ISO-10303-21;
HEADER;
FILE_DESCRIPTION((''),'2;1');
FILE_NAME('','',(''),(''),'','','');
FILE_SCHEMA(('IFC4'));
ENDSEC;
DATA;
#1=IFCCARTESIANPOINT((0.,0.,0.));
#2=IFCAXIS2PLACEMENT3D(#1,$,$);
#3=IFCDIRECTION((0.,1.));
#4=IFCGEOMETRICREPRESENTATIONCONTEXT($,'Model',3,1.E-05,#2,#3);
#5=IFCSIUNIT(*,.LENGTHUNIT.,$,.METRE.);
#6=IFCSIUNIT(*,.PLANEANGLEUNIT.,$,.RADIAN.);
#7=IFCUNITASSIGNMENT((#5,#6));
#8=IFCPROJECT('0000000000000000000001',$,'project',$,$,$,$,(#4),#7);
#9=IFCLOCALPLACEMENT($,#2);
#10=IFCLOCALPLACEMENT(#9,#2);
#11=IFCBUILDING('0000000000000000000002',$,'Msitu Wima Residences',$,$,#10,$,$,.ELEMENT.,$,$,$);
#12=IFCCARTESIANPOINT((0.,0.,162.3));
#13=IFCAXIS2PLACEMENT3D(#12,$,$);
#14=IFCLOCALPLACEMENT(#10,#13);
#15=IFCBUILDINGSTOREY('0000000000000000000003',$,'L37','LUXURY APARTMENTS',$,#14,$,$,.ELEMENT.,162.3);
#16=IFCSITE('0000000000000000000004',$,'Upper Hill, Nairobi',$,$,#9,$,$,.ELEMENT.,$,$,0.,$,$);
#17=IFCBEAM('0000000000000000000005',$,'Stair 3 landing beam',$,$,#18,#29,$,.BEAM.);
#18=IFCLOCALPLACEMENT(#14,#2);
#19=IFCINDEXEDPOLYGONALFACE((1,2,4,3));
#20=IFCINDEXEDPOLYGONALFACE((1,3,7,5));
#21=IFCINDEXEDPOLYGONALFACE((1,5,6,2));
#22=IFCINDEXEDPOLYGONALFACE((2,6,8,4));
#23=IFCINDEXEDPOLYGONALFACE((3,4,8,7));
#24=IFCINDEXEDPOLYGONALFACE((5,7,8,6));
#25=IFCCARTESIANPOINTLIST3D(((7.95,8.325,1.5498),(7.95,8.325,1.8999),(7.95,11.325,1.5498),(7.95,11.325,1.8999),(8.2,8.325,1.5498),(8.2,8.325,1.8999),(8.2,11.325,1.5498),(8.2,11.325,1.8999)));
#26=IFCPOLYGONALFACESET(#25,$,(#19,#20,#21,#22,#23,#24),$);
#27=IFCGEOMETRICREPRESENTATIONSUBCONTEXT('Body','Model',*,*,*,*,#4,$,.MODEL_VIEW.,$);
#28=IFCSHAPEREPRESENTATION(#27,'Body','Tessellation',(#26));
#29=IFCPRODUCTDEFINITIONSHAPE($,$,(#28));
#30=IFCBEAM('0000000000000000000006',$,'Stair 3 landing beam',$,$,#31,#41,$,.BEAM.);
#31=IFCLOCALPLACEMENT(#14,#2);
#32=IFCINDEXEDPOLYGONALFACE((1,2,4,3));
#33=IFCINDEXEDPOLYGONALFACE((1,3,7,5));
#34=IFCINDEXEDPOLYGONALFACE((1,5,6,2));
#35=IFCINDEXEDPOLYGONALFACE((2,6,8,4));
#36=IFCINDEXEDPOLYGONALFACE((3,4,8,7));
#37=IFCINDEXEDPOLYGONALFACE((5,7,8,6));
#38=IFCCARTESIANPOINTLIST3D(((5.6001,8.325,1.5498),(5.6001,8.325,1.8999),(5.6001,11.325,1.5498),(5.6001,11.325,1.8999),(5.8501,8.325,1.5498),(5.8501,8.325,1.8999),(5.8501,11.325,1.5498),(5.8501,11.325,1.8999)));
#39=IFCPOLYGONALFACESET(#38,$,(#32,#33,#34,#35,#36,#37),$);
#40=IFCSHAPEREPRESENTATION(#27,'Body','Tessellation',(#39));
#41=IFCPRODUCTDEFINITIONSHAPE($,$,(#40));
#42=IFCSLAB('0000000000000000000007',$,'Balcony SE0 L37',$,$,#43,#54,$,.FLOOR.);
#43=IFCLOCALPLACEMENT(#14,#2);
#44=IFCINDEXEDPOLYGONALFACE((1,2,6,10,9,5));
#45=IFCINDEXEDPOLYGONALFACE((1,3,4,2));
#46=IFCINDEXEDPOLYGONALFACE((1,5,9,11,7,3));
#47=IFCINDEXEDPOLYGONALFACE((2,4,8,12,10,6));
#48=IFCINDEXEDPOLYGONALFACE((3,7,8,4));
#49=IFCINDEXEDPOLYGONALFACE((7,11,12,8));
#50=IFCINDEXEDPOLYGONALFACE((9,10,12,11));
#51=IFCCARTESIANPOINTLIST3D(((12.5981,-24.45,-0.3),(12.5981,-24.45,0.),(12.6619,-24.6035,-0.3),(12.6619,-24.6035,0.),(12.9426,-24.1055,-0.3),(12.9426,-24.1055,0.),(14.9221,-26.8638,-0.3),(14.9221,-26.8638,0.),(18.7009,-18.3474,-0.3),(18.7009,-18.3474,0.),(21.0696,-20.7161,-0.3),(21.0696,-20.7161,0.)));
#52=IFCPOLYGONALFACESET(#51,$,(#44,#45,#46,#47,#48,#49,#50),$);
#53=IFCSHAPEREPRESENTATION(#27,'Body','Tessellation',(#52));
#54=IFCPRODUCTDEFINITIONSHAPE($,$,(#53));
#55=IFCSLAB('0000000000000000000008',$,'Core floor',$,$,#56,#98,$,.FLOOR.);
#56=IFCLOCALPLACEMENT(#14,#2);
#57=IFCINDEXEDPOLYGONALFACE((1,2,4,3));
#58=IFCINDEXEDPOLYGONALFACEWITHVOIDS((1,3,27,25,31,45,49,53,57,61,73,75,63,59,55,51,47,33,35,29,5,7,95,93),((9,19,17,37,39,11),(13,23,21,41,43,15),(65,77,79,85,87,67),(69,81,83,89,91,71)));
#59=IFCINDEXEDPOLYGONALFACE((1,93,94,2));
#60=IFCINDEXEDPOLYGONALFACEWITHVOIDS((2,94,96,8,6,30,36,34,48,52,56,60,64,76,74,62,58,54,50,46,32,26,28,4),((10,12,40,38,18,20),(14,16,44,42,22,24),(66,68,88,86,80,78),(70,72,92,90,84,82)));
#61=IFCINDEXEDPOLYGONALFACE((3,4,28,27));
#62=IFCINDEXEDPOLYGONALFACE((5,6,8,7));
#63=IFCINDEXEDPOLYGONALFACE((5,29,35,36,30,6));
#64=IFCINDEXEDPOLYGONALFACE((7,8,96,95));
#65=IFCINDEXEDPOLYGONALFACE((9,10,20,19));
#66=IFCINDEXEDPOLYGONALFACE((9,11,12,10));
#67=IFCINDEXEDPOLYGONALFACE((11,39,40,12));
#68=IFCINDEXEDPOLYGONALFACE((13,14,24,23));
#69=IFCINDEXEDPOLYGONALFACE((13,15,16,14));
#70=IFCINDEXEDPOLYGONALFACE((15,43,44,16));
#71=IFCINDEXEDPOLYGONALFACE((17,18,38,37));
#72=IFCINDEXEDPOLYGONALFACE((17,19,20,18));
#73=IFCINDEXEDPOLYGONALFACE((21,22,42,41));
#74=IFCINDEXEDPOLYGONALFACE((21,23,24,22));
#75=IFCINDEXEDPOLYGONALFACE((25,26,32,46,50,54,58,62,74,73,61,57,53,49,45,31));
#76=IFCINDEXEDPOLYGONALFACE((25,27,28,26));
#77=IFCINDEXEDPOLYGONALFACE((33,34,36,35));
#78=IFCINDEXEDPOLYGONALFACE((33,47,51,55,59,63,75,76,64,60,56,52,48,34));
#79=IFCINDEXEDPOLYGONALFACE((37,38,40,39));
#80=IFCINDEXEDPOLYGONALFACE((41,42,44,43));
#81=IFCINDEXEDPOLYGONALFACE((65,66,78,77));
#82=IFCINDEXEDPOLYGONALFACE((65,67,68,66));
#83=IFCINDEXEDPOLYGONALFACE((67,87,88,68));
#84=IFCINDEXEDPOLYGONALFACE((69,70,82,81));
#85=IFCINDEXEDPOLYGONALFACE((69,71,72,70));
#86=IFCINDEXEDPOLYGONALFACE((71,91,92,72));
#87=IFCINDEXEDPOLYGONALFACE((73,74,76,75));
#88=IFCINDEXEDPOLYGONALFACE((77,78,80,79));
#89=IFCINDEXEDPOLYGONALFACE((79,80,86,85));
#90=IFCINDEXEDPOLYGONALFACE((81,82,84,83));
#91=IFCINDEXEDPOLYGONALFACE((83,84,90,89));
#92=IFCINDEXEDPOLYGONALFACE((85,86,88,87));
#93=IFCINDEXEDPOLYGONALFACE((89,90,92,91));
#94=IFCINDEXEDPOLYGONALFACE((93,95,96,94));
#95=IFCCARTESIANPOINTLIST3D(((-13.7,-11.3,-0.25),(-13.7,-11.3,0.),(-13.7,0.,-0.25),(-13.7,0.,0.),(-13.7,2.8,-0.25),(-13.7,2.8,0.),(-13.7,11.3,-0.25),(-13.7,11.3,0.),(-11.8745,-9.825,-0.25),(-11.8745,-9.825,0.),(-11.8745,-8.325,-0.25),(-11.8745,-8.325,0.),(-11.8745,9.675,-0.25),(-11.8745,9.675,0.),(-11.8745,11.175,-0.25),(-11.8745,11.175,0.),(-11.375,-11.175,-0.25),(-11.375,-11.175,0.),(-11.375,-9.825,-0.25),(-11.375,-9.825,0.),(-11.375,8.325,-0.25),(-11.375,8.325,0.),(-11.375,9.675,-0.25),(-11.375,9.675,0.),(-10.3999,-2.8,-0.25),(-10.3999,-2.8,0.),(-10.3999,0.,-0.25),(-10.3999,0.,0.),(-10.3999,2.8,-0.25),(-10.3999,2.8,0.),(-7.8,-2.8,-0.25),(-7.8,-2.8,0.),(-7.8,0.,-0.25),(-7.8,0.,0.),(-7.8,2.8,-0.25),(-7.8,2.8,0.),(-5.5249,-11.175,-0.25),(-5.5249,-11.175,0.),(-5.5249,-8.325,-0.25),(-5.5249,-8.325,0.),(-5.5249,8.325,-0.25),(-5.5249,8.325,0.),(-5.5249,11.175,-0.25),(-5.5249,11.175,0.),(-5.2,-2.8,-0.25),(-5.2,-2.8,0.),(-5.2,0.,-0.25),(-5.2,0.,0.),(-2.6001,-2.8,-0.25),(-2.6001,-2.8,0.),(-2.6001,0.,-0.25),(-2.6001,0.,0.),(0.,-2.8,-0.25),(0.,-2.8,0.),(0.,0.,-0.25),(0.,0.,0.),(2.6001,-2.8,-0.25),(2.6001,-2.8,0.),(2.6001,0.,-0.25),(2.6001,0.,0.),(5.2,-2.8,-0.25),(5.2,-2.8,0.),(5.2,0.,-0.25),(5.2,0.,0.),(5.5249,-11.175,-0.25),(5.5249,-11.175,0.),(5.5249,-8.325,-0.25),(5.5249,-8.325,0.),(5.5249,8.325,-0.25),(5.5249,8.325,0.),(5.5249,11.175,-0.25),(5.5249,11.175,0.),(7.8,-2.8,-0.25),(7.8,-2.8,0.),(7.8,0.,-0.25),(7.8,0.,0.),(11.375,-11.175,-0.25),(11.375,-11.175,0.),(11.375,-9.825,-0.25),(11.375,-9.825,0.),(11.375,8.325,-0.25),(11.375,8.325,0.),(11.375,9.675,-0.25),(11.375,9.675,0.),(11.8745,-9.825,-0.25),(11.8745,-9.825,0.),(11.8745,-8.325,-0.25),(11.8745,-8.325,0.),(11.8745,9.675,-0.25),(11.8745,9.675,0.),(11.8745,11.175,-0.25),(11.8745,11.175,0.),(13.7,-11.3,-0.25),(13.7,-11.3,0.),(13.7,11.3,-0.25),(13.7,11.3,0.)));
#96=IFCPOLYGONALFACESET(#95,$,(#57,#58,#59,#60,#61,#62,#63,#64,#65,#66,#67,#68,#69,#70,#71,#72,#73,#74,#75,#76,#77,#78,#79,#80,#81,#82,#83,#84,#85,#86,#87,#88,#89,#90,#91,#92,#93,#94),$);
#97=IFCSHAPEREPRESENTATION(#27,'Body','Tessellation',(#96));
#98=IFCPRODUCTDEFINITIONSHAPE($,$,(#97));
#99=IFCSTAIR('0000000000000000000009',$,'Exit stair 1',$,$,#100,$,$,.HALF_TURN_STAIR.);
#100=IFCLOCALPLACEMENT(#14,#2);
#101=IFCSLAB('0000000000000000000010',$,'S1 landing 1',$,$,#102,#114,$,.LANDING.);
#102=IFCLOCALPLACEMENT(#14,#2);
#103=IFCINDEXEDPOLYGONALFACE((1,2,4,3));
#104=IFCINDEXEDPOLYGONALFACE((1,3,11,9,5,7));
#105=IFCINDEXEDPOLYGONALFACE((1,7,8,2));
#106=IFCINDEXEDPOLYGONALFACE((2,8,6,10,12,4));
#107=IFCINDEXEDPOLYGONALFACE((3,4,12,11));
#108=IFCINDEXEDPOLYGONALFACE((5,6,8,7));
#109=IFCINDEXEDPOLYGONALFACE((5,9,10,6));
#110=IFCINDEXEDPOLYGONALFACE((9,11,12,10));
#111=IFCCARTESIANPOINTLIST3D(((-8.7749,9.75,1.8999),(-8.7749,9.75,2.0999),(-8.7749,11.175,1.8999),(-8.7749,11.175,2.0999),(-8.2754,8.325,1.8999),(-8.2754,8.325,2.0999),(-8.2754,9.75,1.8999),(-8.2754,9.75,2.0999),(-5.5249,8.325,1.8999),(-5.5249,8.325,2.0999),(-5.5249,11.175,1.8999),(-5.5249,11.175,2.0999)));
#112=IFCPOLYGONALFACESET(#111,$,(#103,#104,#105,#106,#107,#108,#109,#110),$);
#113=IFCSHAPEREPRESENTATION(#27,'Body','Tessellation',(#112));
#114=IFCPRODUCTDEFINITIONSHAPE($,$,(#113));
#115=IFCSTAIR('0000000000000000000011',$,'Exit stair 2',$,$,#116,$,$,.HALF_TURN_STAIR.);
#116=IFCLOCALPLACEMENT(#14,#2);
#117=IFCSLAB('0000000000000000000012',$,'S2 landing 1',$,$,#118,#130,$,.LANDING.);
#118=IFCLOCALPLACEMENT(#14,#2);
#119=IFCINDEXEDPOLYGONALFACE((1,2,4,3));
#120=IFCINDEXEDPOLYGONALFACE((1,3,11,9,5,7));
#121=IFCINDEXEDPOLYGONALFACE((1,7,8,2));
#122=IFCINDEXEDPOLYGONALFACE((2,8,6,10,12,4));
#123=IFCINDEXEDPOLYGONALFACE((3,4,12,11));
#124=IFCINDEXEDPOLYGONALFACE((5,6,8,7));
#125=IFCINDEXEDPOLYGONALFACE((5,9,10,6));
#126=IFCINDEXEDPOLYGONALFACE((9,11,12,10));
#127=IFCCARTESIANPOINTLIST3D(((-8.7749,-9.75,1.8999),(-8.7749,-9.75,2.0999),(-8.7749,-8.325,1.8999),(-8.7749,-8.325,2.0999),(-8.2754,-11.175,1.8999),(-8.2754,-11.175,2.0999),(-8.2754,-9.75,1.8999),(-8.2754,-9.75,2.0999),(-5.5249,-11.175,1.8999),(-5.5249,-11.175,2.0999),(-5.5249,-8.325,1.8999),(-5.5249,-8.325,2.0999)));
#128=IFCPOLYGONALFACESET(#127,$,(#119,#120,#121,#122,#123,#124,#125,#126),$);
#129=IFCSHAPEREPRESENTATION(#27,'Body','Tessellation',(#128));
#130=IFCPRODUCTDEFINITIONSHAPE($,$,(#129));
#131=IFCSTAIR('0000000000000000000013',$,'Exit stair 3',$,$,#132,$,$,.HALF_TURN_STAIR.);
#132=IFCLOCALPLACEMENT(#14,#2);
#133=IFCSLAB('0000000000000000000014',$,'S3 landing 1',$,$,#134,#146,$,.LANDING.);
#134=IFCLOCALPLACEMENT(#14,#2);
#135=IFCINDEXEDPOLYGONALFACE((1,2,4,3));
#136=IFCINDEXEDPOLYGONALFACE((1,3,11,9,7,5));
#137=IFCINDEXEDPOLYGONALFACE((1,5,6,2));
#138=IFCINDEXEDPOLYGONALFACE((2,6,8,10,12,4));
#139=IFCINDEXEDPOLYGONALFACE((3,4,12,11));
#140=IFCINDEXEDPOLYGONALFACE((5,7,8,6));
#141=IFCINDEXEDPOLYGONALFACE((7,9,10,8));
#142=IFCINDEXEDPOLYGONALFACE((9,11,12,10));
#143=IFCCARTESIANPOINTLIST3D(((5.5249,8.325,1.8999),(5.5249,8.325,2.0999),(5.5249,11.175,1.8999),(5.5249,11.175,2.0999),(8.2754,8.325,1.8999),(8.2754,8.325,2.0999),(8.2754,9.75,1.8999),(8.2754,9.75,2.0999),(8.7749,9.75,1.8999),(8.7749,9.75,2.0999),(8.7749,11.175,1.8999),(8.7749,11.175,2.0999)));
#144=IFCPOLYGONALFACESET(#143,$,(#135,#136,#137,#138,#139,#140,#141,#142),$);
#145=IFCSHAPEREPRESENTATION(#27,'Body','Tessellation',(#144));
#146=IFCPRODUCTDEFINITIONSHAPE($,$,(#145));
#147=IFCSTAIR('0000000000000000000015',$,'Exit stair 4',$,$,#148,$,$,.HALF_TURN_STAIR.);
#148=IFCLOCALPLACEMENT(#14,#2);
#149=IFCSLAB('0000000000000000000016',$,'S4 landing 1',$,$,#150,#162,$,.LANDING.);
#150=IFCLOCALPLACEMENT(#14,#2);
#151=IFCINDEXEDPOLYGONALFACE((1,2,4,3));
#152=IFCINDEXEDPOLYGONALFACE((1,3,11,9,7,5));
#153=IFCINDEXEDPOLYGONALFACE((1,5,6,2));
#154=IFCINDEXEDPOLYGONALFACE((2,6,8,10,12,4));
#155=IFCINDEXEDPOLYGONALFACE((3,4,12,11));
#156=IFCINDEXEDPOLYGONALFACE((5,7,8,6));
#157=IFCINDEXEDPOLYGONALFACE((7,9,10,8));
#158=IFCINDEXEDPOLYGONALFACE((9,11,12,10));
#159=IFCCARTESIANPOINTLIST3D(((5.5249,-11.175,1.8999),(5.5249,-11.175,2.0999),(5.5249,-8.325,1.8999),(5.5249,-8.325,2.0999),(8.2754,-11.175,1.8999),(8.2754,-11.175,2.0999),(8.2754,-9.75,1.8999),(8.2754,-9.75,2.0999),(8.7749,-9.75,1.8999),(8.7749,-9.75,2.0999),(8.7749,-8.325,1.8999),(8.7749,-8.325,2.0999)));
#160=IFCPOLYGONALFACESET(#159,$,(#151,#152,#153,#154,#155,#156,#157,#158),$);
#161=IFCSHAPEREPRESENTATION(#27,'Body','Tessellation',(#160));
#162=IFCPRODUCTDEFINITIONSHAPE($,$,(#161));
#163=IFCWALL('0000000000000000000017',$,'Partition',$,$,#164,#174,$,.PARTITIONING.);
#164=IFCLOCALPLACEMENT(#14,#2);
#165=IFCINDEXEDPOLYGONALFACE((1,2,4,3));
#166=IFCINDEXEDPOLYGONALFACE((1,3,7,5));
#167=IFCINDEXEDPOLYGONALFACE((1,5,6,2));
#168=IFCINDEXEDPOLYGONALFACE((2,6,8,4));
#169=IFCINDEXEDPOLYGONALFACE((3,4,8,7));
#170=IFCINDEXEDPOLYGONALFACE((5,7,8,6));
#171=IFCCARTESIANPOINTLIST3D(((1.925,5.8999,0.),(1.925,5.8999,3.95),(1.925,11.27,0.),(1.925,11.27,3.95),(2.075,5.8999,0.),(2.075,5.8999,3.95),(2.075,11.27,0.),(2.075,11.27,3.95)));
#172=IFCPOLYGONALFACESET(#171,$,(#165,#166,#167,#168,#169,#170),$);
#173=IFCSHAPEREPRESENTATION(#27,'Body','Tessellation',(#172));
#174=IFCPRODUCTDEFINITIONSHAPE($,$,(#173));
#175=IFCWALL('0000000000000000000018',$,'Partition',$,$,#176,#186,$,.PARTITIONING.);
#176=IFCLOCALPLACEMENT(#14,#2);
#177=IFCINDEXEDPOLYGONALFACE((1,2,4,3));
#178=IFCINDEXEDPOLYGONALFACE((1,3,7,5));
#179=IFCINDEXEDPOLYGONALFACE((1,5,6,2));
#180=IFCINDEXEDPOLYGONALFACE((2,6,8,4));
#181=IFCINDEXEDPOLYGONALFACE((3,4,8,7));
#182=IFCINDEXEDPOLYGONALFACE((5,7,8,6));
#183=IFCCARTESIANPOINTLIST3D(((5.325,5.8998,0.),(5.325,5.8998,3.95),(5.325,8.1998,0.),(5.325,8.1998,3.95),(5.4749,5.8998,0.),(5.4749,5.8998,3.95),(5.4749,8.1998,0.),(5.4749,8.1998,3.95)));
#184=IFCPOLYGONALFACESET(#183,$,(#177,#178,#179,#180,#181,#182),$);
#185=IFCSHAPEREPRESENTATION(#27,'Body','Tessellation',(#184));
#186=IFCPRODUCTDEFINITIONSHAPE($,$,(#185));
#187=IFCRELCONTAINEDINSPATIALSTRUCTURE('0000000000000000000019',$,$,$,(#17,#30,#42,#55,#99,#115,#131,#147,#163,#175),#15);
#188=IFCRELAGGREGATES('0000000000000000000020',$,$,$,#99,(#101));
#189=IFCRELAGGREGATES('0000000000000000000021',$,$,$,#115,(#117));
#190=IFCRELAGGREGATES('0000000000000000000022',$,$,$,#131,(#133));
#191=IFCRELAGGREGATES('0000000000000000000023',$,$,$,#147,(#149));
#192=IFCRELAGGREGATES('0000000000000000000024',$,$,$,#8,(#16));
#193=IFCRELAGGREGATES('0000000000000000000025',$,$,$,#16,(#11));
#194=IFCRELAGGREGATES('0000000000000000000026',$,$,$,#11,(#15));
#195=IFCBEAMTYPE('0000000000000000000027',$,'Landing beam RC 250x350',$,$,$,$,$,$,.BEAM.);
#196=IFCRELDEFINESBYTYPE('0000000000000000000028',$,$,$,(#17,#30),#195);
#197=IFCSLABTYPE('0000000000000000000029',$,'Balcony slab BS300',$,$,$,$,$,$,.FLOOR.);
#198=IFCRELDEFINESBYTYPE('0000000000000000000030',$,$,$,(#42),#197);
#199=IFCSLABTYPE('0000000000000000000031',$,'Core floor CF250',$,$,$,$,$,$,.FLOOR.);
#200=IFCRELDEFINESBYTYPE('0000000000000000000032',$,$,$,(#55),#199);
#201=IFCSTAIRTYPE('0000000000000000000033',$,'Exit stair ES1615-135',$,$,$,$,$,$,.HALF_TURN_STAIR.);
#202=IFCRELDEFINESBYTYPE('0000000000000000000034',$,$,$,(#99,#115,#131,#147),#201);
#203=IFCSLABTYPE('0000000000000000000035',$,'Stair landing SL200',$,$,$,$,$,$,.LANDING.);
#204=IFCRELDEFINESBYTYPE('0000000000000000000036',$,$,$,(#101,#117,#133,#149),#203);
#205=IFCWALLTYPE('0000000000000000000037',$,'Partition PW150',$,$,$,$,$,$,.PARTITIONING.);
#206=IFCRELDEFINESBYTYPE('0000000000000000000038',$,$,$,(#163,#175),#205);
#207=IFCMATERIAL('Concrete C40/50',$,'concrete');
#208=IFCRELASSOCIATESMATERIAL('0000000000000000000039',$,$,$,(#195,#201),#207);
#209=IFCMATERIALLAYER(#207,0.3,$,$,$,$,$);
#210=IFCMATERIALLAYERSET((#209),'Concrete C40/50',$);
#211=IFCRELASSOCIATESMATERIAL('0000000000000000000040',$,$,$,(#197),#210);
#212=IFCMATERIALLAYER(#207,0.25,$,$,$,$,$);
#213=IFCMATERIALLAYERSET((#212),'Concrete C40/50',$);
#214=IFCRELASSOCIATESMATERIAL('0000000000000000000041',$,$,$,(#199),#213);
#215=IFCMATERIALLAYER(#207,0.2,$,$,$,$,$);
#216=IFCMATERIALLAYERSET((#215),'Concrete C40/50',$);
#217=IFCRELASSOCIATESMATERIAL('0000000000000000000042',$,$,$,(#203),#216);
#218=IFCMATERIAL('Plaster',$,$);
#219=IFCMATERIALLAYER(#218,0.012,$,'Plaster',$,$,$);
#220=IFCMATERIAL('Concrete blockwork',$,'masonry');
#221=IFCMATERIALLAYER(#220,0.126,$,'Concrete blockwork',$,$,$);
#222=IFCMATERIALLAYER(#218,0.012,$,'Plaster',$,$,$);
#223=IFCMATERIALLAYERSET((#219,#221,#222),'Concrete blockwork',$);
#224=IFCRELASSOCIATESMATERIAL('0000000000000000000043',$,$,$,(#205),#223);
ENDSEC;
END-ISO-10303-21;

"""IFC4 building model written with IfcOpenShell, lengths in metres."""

from ifc_helpers import new_model, si_unit, direction, frame, frame_2d, origin, origin_2d, place, context, subcontext, project, spatial, polyline, rectangle, outline, extrude, material, layer, layer_set, material_profile, profile_set, type_object, element, aggregate, save


model = new_model("IFC4")

# Units and contexts
model_context = context("Model", 3, precision=1e-05, world=origin(), true_north=direction((0.0, 1.0)))
body_context = subcontext(model_context, "Body", "Model", "MODEL_VIEW")
ifc_project = project(units=[si_unit("LENGTHUNIT", "METRE"), si_unit("PLANEANGLEUNIT", "RADIAN")], contexts=[model_context])

# Site, building, storey
site_placement = place(None, origin())
site = spatial("IfcSite", under=ifc_project, at=site_placement, Name="Upper Hill, Nairobi", CompositionType="ELEMENT", RefElevation=0.0)
building_placement = place(site_placement, origin())
building = spatial("IfcBuilding", under=site, at=building_placement, Name="Msitu Wima Residences", CompositionType="ELEMENT")
storey_placement = place(building_placement, frame((0.0, 0.0, 162.3)))
storey = spatial("IfcBuildingStorey", under=building, at=storey_placement, Name="L37", Description="LUXURY APARTMENTS", CompositionType="ELEMENT", Elevation=162.3)

# Beams
ifc_material_1 = material(Name="Concrete C40/50", Category="concrete")
ifc_material_profile = material_profile(ifc_material_1, rectangle(XDim=0.25, YDim=0.3501, at=origin_2d()), Name="RC 250x350")
ifc_profile_set = profile_set([ifc_material_profile], Name="Concrete C40/50")
beam_type = type_object("IfcBeamType", Name="Landing beam RC 250x350", PredefinedType="BEAM", material=ifc_profile_set)
for number, where, z_axis, x_axis, name in (
    (1, (8.075, 8.325, 1.7249), (0.0, 1.0, 0.0), (-1.0, 0.0, 0.0), "Stair 3 landing beam"),
    (2, (5.7251, 8.325, 1.7249), (0.0, 1.0, 0.0), (-1.0, 0.0, 0.0), "Stair 3 landing beam"),
):
    element("IfcBeam", number, at=place(storey_placement, frame(where, z_axis=z_axis, x_axis=x_axis)), inside=storey, type_object=beam_type, Name=name, PredefinedType="BEAM", context=body_context, shape_type="SweptSolid", body=[
        extrude(rectangle(XDim=0.25, YDim=0.3501, at=origin_2d()), origin(), (0.0, 0.0, 1.0), 3.0),
    ])

# Slabs
ifc_layer_1 = layer(ifc_material_1, 0.3)
ifc_layer_set_1 = layer_set([ifc_layer_1], Name="Concrete C40/50")
slab_type_1 = type_object("IfcSlabType", Name="Balcony slab BS300", PredefinedType="FLOOR", material=ifc_layer_set_1)
slab_1_placement = place(storey_placement, frame((0.0, 0.0, -0.3)))
element("IfcSlab", 3, at=slab_1_placement, inside=storey, type_object=slab_type_1, Name="Balcony SE0 L37", PredefinedType="FLOOR", context=body_context, shape_type="SweptSolid", body=[
    extrude(outline(polyline([(12.9426, -24.1055), (12.9426, -24.1055), (18.7009, -18.3474), (21.0696, -20.7161), (14.9221, -26.8638), (12.6619, -24.6035), (12.5981, -24.45), (12.9426, -24.1055), (12.9426, -24.1055)])), origin(), (0.0, 0.0, 1.0), 0.3),
])
ifc_layer_2 = layer(ifc_material_1, 0.25)
ifc_layer_set_2 = layer_set([ifc_layer_2], Name="Concrete C40/50")
slab_type_2 = type_object("IfcSlabType", Name="Core floor CF250", PredefinedType="FLOOR", material=ifc_layer_set_2)
slab_2_placement = place(storey_placement, frame((0.0, 0.0, -0.25)))
element("IfcSlab", 4, at=slab_2_placement, inside=storey, type_object=slab_type_2, Name="Core floor", PredefinedType="FLOOR", context=body_context, shape_type="SweptSolid", body=[
    extrude(outline(polyline([(-13.7, 11.3), (-13.7, 2.8), (-10.3999, 2.8), (-7.8, 2.8), (-7.8, 0.0), (-5.2, 0.0), (-2.6001, 0.0), (0.0, 0.0), (2.6001, 0.0), (5.2, 0.0), (7.8, 0.0), (7.8, -2.8), (5.2, -2.8), (2.6001, -2.8), (0.0, -2.8), (-2.6001, -2.8), (-5.2, -2.8), (-7.8, -2.8), (-10.3999, -2.8), (-10.3999, 0.0), (-13.7, 0.0), (-13.7, -11.3), (13.7, -11.3), (13.7, 11.3), (-13.7, 11.3)]), holes=[polyline([(-11.375, -11.175), (-11.375, -9.825), (-11.8745, -9.825), (-11.8745, -8.325), (-5.5249, -8.325), (-5.5249, -11.175), (-11.375, -11.175)]), polyline([(-11.375, 8.325), (-11.375, 9.675), (-11.8745, 9.675), (-11.8745, 11.175), (-5.5249, 11.175), (-5.5249, 8.325), (-11.375, 8.325)]), polyline([(11.375, -9.825), (11.375, -11.175), (5.5249, -11.175), (5.5249, -8.325), (11.8745, -8.325), (11.8745, -9.825), (11.375, -9.825)]), polyline([(11.375, 9.675), (11.375, 8.325), (5.5249, 8.325), (5.5249, 11.175), (11.8745, 11.175), (11.8745, 9.675), (11.375, 9.675)])]), origin(), (0.0, 0.0, 1.0), 0.25),
])

# Stairs, slabs
stair_type = type_object("IfcStairType", Name="Exit stair ES1615-135", PredefinedType="HALF_TURN_STAIR", material=ifc_material_1)
stair_1_placement = place(storey_placement, origin())
stair_1 = element("IfcStair", 5, at=stair_1_placement, inside=storey, type_object=stair_type, Name="Exit stair 1", PredefinedType="HALF_TURN_STAIR")
ifc_layer_3 = layer(ifc_material_1, 0.2)
ifc_layer_set_3 = layer_set([ifc_layer_3], Name="Concrete C40/50")
slab_type_3 = type_object("IfcSlabType", Name="Stair landing SL200", PredefinedType="LANDING", material=ifc_layer_set_3)
slab_3_placement = place(storey_placement, frame((0.0, 0.0, 1.8999)))
slab_3 = element("IfcSlab", 6, at=slab_3_placement, type_object=slab_type_3, Name="S1 landing 1", PredefinedType="LANDING", context=body_context, shape_type="SweptSolid", body=[
    extrude(outline(polyline([(-5.5249, 8.325), (-8.2754, 8.325), (-8.2754, 9.75), (-8.7749, 9.75), (-8.7749, 11.175), (-5.5249, 11.175), (-5.5249, 8.325)])), origin(), (0.0, 0.0, 1.0), 0.2),
])
aggregate(stair_1, [slab_3])
stair_2_placement = place(storey_placement, origin())
stair_2 = element("IfcStair", 7, at=stair_2_placement, inside=storey, type_object=stair_type, Name="Exit stair 2", PredefinedType="HALF_TURN_STAIR")
slab_4_placement = place(storey_placement, frame((0.0, 0.0, 1.8999)))
slab_4 = element("IfcSlab", 8, at=slab_4_placement, type_object=slab_type_3, Name="S2 landing 1", PredefinedType="LANDING", context=body_context, shape_type="SweptSolid", body=[
    extrude(outline(polyline([(-5.5249, -11.175), (-8.2754, -11.175), (-8.2754, -9.75), (-8.7749, -9.75), (-8.7749, -8.325), (-5.5249, -8.325), (-5.5249, -11.175)])), origin(), (0.0, 0.0, 1.0), 0.2),
])
aggregate(stair_2, [slab_4])
stair_3_placement = place(storey_placement, origin())
stair_3 = element("IfcStair", 9, at=stair_3_placement, inside=storey, type_object=stair_type, Name="Exit stair 3", PredefinedType="HALF_TURN_STAIR")
slab_5_placement = place(storey_placement, frame((0.0, 0.0, 1.8999)))
slab_5 = element("IfcSlab", 10, at=slab_5_placement, type_object=slab_type_3, Name="S3 landing 1", PredefinedType="LANDING", context=body_context, shape_type="SweptSolid", body=[
    extrude(outline(polyline([(5.5249, 8.325), (8.2754, 8.325), (8.2754, 9.75), (8.7749, 9.75), (8.7749, 11.175), (5.5249, 11.175), (5.5249, 8.325)])), origin(), (0.0, 0.0, 1.0), 0.2),
])
aggregate(stair_3, [slab_5])
stair_4_placement = place(storey_placement, origin())
stair_4 = element("IfcStair", 11, at=stair_4_placement, inside=storey, type_object=stair_type, Name="Exit stair 4", PredefinedType="HALF_TURN_STAIR")
slab_6_placement = place(storey_placement, frame((0.0, 0.0, 1.8999)))
slab_6 = element("IfcSlab", 12, at=slab_6_placement, type_object=slab_type_3, Name="S4 landing 1", PredefinedType="LANDING", context=body_context, shape_type="SweptSolid", body=[
    extrude(outline(polyline([(5.5249, -11.175), (8.2754, -11.175), (8.2754, -9.75), (8.7749, -9.75), (8.7749, -8.325), (5.5249, -8.325), (5.5249, -11.175)])), origin(), (0.0, 0.0, 1.0), 0.2),
])
aggregate(stair_4, [slab_6])

# Walls
ifc_material_2 = material(Name="Plaster")
ifc_layer_4 = layer(ifc_material_2, 0.012, Name="Plaster")
ifc_material_3 = material(Name="Concrete blockwork", Category="masonry")
ifc_layer_5 = layer(ifc_material_3, 0.126, Name="Concrete blockwork")
ifc_layer_6 = layer(ifc_material_2, 0.012, Name="Plaster")
ifc_layer_set_4 = layer_set([ifc_layer_4, ifc_layer_5, ifc_layer_6], Name="Concrete blockwork")
wall_type_1 = type_object("IfcWallType", Name="Partition PW150", PredefinedType="PARTITIONING", material=ifc_layer_set_4)
wall_1_placement = place(storey_placement, frame((2.0, 5.8999, 0.0), z_axis=(0.0, 0.0, 1.0), x_axis=(0.0, 1.0, 0.0)))
element("IfcWall", 13, at=wall_1_placement, inside=storey, type_object=wall_type_1, Name="Partition", PredefinedType="PARTITIONING", context=body_context, shape_type="SweptSolid", body=[
    extrude(rectangle(XDim=5.3701, YDim=0.1499, at=frame_2d((2.6851, 0.0))), origin(), (0.0, 0.0, 1.0), 3.95),
])
wall_2_placement = place(storey_placement, frame((5.3999, 5.8999, 0.0), z_axis=(0.0, 0.0, 1.0), x_axis=(0.0, 1.0, 0.0)))
element("IfcWall", 14, at=wall_2_placement, inside=storey, type_object=wall_type_1, Name="Partition", PredefinedType="PARTITIONING", context=body_context, shape_type="SweptSolid", body=[
    extrude(rectangle(XDim=2.3, YDim=0.1499, at=frame_2d((1.1499, 0.0))), origin(), (0.0, 0.0, 1.0), 3.95),
])

save(model, "model.ifc")
